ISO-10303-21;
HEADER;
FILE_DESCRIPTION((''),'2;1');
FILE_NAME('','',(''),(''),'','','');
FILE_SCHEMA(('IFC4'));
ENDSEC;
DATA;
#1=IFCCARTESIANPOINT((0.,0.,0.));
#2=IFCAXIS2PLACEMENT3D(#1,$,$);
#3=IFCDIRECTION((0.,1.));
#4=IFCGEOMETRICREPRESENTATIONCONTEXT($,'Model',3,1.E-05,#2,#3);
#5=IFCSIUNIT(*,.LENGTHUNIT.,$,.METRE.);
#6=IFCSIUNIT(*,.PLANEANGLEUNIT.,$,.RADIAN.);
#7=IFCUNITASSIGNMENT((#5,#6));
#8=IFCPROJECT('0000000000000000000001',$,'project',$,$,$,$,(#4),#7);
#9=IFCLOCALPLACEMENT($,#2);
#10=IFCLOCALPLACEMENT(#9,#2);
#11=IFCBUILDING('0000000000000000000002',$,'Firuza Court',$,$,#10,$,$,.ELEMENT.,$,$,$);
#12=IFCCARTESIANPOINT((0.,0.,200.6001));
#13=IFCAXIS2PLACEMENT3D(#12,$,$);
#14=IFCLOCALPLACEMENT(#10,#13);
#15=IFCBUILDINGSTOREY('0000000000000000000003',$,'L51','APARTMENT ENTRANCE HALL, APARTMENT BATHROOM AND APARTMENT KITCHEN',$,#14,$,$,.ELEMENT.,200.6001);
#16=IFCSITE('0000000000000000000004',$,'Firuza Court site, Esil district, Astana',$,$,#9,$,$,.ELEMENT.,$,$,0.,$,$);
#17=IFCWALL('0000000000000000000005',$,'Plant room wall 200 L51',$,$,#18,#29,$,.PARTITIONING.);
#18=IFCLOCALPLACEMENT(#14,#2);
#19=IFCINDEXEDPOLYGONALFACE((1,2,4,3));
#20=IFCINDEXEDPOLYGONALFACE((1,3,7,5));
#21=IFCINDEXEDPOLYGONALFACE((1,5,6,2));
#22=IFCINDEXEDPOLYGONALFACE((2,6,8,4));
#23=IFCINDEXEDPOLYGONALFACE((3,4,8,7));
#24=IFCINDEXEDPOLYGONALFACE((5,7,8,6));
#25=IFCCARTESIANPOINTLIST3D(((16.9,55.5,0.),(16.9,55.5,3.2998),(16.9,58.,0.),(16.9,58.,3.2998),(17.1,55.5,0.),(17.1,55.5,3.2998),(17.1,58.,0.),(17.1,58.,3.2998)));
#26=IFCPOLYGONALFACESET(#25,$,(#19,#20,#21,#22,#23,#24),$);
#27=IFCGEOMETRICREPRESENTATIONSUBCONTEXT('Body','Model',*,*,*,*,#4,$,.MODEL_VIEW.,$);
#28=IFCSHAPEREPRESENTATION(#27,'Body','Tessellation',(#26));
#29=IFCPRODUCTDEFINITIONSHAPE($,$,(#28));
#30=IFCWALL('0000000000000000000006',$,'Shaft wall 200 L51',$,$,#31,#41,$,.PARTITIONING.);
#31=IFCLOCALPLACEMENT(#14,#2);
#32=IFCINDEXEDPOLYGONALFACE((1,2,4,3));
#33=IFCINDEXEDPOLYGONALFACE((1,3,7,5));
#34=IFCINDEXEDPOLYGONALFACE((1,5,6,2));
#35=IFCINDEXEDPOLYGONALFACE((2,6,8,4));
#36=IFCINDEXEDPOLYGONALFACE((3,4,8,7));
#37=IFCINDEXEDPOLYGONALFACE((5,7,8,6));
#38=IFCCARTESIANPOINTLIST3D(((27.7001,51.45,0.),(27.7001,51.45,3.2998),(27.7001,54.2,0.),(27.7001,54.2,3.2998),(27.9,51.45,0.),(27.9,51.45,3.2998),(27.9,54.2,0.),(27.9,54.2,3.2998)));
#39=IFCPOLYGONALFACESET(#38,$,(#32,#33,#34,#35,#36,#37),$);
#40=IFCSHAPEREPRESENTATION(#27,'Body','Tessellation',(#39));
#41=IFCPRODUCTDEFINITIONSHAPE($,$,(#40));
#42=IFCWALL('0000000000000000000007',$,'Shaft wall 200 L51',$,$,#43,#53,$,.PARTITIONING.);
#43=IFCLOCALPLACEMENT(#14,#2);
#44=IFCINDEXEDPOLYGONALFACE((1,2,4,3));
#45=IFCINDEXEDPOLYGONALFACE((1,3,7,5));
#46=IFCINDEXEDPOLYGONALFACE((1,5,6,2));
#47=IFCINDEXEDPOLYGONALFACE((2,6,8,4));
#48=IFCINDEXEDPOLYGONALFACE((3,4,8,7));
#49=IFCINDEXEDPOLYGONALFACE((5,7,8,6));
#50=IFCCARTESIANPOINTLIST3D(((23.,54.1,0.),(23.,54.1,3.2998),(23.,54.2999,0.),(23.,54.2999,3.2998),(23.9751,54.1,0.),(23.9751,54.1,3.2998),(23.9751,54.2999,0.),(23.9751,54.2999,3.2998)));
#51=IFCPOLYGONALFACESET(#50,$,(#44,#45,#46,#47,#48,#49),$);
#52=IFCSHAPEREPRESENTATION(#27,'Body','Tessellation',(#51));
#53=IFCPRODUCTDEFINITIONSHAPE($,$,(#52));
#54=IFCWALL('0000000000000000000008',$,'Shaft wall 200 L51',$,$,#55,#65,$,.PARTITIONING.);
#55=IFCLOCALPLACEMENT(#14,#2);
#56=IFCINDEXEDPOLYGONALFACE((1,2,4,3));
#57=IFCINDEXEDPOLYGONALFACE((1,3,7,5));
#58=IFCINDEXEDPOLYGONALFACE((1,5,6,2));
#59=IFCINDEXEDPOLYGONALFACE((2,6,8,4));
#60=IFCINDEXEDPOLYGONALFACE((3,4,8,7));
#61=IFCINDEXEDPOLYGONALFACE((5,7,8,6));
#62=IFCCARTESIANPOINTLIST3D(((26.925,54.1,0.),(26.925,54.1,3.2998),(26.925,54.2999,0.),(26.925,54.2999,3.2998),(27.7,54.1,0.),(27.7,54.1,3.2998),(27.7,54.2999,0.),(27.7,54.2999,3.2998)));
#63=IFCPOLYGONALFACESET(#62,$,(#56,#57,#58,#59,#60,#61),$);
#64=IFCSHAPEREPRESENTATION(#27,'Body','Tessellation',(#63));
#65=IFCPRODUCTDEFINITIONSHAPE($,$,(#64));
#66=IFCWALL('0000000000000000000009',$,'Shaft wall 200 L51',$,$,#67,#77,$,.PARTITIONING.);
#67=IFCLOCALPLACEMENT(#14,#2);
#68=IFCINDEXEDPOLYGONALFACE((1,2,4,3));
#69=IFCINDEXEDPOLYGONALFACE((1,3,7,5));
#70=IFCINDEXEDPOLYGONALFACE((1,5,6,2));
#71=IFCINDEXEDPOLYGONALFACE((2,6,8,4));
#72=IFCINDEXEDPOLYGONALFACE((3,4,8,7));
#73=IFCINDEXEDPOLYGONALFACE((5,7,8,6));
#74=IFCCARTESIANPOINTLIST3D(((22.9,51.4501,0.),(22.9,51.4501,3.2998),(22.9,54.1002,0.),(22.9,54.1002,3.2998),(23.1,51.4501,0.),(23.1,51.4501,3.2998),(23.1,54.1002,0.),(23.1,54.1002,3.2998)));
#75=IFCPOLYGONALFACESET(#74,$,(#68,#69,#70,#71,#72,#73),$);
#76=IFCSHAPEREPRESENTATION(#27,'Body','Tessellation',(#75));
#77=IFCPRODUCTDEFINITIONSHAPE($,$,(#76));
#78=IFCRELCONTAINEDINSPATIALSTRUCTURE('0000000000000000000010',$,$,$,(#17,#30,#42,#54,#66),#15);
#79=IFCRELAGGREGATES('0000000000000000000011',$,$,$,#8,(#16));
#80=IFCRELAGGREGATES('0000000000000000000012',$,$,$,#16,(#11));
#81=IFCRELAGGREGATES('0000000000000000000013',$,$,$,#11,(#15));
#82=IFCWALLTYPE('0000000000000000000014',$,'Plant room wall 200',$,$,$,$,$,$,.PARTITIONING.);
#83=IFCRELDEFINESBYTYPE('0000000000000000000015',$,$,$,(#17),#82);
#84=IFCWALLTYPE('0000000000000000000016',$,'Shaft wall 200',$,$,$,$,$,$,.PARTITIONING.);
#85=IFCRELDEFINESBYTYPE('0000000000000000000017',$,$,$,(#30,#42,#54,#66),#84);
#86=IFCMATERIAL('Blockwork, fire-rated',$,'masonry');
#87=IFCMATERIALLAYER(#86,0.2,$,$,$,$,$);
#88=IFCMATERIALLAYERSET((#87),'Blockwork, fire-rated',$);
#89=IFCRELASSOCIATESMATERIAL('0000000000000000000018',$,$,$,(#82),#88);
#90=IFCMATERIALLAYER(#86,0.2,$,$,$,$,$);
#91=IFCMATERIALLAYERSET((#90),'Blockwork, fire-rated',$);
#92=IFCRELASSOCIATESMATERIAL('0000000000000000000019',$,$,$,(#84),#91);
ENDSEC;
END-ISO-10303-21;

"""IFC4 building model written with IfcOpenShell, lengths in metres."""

from ifc_helpers import new_model, si_unit, direction, frame, frame_2d, origin, place, context, subcontext, project, spatial, rectangle, extrude, material, layer, layer_set, type_object, element, save


model = new_model("IFC4")

# Units and contexts
model_context = context("Model", 3, precision=1e-05, world=origin(), true_north=direction((0.0, 1.0)))
body_context = subcontext(model_context, "Body", "Model", "MODEL_VIEW")
ifc_project = project(units=[si_unit("LENGTHUNIT", "METRE"), si_unit("PLANEANGLEUNIT", "RADIAN")], contexts=[model_context])

# Site, building, storey
site_placement = place(None, origin())
site = spatial("IfcSite", under=ifc_project, at=site_placement, Name="Firuza Court site, Esil district, Astana", CompositionType="ELEMENT", RefElevation=0.0)
building_placement = place(site_placement, origin())
building = spatial("IfcBuilding", under=site, at=building_placement, Name="Firuza Court", CompositionType="ELEMENT")
storey_placement = place(building_placement, frame((0.0, 0.0, 200.6001)))
storey = spatial("IfcBuildingStorey", under=building, at=storey_placement, Name="L51", Description="APARTMENT ENTRANCE HALL, APARTMENT BATHROOM AND APARTMENT KITCHEN", CompositionType="ELEMENT", Elevation=200.6001)

# Shared definitions
ifc_material_1 = material(Name="Blockwork, fire-rated", Category="masonry")
ifc_layer_1 = layer(ifc_material_1, 0.2)
ifc_layer_set_1 = layer_set([ifc_layer_1], Name="Blockwork, fire-rated")
wall_type_1 = type_object("IfcWallType", Name="Plant room wall 200", PredefinedType="PARTITIONING", material=ifc_layer_set_1)

# Walls
wall_1_placement = place(storey_placement, frame((17.0, 55.5, 0.0), z_axis=(0.0, 0.0, 1.0), x_axis=(0.0, 1.0, 0.0)))
element("IfcWall", 1, at=wall_1_placement, inside=storey, type_object=wall_type_1, Name="Plant room wall 200 L51", PredefinedType="PARTITIONING", context=body_context, shape_type="SweptSolid", body=[
    extrude(rectangle(XDim=2.5, YDim=0.2, at=frame_2d((1.25, 0.0))), origin(), (0.0, 0.0, 1.0), 3.2998),
])
ifc_layer_2 = layer(ifc_material_1, 0.2)
ifc_layer_set_2 = layer_set([ifc_layer_2], Name="Blockwork, fire-rated")
wall_type_2 = type_object("IfcWallType", Name="Shaft wall 200", PredefinedType="PARTITIONING", material=ifc_layer_set_2)
wall_2_placement = place(storey_placement, frame((27.8, 51.45, 0.0), z_axis=(0.0, 0.0, 1.0), x_axis=(0.0, 1.0, 0.0)))
element("IfcWall", 2, at=wall_2_placement, inside=storey, type_object=wall_type_2, Name="Shaft wall 200 L51", PredefinedType="PARTITIONING", context=body_context, shape_type="SweptSolid", body=[
    extrude(rectangle(XDim=2.75, YDim=0.2, at=frame_2d((1.375, 0.0))), origin(), (0.0, 0.0, 1.0), 3.2998),
])
wall_3_placement = place(storey_placement, frame((23.0, 54.2, 0.0), z_axis=(0.0, 0.0, 1.0), x_axis=(1.0, 0.0, 0.0)))
element("IfcWall", 3, at=wall_3_placement, inside=storey, type_object=wall_type_2, Name="Shaft wall 200 L51", PredefinedType="PARTITIONING", context=body_context, shape_type="SweptSolid", body=[
    extrude(rectangle(XDim=0.9751, YDim=0.2, at=frame_2d((0.4875, 0.0))), origin(), (0.0, 0.0, 1.0), 3.2998),
])
wall_4_placement = place(storey_placement, frame((26.925, 54.2, 0.0), z_axis=(0.0, 0.0, 1.0), x_axis=(1.0, 0.0, 0.0)))
element("IfcWall", 4, at=wall_4_placement, inside=storey, type_object=wall_type_2, Name="Shaft wall 200 L51", PredefinedType="PARTITIONING", context=body_context, shape_type="SweptSolid", body=[
    extrude(rectangle(XDim=0.7749, YDim=0.2, at=frame_2d((0.3875, 0.0))), origin(), (0.0, 0.0, 1.0), 3.2998),
])
wall_5_placement = place(storey_placement, frame((23.0, 51.45, 0.0), z_axis=(0.0, 0.0, 1.0), x_axis=(0.0, 1.0, 0.0)))
element("IfcWall", 5, at=wall_5_placement, inside=storey, type_object=wall_type_2, Name="Shaft wall 200 L51", PredefinedType="PARTITIONING", context=body_context, shape_type="SweptSolid", body=[
    extrude(rectangle(XDim=2.6501, YDim=0.2, at=frame_2d((1.3252, 0.0))), origin(), (0.0, 0.0, 1.0), 3.2998),
])

save(model, "model.ifc")
